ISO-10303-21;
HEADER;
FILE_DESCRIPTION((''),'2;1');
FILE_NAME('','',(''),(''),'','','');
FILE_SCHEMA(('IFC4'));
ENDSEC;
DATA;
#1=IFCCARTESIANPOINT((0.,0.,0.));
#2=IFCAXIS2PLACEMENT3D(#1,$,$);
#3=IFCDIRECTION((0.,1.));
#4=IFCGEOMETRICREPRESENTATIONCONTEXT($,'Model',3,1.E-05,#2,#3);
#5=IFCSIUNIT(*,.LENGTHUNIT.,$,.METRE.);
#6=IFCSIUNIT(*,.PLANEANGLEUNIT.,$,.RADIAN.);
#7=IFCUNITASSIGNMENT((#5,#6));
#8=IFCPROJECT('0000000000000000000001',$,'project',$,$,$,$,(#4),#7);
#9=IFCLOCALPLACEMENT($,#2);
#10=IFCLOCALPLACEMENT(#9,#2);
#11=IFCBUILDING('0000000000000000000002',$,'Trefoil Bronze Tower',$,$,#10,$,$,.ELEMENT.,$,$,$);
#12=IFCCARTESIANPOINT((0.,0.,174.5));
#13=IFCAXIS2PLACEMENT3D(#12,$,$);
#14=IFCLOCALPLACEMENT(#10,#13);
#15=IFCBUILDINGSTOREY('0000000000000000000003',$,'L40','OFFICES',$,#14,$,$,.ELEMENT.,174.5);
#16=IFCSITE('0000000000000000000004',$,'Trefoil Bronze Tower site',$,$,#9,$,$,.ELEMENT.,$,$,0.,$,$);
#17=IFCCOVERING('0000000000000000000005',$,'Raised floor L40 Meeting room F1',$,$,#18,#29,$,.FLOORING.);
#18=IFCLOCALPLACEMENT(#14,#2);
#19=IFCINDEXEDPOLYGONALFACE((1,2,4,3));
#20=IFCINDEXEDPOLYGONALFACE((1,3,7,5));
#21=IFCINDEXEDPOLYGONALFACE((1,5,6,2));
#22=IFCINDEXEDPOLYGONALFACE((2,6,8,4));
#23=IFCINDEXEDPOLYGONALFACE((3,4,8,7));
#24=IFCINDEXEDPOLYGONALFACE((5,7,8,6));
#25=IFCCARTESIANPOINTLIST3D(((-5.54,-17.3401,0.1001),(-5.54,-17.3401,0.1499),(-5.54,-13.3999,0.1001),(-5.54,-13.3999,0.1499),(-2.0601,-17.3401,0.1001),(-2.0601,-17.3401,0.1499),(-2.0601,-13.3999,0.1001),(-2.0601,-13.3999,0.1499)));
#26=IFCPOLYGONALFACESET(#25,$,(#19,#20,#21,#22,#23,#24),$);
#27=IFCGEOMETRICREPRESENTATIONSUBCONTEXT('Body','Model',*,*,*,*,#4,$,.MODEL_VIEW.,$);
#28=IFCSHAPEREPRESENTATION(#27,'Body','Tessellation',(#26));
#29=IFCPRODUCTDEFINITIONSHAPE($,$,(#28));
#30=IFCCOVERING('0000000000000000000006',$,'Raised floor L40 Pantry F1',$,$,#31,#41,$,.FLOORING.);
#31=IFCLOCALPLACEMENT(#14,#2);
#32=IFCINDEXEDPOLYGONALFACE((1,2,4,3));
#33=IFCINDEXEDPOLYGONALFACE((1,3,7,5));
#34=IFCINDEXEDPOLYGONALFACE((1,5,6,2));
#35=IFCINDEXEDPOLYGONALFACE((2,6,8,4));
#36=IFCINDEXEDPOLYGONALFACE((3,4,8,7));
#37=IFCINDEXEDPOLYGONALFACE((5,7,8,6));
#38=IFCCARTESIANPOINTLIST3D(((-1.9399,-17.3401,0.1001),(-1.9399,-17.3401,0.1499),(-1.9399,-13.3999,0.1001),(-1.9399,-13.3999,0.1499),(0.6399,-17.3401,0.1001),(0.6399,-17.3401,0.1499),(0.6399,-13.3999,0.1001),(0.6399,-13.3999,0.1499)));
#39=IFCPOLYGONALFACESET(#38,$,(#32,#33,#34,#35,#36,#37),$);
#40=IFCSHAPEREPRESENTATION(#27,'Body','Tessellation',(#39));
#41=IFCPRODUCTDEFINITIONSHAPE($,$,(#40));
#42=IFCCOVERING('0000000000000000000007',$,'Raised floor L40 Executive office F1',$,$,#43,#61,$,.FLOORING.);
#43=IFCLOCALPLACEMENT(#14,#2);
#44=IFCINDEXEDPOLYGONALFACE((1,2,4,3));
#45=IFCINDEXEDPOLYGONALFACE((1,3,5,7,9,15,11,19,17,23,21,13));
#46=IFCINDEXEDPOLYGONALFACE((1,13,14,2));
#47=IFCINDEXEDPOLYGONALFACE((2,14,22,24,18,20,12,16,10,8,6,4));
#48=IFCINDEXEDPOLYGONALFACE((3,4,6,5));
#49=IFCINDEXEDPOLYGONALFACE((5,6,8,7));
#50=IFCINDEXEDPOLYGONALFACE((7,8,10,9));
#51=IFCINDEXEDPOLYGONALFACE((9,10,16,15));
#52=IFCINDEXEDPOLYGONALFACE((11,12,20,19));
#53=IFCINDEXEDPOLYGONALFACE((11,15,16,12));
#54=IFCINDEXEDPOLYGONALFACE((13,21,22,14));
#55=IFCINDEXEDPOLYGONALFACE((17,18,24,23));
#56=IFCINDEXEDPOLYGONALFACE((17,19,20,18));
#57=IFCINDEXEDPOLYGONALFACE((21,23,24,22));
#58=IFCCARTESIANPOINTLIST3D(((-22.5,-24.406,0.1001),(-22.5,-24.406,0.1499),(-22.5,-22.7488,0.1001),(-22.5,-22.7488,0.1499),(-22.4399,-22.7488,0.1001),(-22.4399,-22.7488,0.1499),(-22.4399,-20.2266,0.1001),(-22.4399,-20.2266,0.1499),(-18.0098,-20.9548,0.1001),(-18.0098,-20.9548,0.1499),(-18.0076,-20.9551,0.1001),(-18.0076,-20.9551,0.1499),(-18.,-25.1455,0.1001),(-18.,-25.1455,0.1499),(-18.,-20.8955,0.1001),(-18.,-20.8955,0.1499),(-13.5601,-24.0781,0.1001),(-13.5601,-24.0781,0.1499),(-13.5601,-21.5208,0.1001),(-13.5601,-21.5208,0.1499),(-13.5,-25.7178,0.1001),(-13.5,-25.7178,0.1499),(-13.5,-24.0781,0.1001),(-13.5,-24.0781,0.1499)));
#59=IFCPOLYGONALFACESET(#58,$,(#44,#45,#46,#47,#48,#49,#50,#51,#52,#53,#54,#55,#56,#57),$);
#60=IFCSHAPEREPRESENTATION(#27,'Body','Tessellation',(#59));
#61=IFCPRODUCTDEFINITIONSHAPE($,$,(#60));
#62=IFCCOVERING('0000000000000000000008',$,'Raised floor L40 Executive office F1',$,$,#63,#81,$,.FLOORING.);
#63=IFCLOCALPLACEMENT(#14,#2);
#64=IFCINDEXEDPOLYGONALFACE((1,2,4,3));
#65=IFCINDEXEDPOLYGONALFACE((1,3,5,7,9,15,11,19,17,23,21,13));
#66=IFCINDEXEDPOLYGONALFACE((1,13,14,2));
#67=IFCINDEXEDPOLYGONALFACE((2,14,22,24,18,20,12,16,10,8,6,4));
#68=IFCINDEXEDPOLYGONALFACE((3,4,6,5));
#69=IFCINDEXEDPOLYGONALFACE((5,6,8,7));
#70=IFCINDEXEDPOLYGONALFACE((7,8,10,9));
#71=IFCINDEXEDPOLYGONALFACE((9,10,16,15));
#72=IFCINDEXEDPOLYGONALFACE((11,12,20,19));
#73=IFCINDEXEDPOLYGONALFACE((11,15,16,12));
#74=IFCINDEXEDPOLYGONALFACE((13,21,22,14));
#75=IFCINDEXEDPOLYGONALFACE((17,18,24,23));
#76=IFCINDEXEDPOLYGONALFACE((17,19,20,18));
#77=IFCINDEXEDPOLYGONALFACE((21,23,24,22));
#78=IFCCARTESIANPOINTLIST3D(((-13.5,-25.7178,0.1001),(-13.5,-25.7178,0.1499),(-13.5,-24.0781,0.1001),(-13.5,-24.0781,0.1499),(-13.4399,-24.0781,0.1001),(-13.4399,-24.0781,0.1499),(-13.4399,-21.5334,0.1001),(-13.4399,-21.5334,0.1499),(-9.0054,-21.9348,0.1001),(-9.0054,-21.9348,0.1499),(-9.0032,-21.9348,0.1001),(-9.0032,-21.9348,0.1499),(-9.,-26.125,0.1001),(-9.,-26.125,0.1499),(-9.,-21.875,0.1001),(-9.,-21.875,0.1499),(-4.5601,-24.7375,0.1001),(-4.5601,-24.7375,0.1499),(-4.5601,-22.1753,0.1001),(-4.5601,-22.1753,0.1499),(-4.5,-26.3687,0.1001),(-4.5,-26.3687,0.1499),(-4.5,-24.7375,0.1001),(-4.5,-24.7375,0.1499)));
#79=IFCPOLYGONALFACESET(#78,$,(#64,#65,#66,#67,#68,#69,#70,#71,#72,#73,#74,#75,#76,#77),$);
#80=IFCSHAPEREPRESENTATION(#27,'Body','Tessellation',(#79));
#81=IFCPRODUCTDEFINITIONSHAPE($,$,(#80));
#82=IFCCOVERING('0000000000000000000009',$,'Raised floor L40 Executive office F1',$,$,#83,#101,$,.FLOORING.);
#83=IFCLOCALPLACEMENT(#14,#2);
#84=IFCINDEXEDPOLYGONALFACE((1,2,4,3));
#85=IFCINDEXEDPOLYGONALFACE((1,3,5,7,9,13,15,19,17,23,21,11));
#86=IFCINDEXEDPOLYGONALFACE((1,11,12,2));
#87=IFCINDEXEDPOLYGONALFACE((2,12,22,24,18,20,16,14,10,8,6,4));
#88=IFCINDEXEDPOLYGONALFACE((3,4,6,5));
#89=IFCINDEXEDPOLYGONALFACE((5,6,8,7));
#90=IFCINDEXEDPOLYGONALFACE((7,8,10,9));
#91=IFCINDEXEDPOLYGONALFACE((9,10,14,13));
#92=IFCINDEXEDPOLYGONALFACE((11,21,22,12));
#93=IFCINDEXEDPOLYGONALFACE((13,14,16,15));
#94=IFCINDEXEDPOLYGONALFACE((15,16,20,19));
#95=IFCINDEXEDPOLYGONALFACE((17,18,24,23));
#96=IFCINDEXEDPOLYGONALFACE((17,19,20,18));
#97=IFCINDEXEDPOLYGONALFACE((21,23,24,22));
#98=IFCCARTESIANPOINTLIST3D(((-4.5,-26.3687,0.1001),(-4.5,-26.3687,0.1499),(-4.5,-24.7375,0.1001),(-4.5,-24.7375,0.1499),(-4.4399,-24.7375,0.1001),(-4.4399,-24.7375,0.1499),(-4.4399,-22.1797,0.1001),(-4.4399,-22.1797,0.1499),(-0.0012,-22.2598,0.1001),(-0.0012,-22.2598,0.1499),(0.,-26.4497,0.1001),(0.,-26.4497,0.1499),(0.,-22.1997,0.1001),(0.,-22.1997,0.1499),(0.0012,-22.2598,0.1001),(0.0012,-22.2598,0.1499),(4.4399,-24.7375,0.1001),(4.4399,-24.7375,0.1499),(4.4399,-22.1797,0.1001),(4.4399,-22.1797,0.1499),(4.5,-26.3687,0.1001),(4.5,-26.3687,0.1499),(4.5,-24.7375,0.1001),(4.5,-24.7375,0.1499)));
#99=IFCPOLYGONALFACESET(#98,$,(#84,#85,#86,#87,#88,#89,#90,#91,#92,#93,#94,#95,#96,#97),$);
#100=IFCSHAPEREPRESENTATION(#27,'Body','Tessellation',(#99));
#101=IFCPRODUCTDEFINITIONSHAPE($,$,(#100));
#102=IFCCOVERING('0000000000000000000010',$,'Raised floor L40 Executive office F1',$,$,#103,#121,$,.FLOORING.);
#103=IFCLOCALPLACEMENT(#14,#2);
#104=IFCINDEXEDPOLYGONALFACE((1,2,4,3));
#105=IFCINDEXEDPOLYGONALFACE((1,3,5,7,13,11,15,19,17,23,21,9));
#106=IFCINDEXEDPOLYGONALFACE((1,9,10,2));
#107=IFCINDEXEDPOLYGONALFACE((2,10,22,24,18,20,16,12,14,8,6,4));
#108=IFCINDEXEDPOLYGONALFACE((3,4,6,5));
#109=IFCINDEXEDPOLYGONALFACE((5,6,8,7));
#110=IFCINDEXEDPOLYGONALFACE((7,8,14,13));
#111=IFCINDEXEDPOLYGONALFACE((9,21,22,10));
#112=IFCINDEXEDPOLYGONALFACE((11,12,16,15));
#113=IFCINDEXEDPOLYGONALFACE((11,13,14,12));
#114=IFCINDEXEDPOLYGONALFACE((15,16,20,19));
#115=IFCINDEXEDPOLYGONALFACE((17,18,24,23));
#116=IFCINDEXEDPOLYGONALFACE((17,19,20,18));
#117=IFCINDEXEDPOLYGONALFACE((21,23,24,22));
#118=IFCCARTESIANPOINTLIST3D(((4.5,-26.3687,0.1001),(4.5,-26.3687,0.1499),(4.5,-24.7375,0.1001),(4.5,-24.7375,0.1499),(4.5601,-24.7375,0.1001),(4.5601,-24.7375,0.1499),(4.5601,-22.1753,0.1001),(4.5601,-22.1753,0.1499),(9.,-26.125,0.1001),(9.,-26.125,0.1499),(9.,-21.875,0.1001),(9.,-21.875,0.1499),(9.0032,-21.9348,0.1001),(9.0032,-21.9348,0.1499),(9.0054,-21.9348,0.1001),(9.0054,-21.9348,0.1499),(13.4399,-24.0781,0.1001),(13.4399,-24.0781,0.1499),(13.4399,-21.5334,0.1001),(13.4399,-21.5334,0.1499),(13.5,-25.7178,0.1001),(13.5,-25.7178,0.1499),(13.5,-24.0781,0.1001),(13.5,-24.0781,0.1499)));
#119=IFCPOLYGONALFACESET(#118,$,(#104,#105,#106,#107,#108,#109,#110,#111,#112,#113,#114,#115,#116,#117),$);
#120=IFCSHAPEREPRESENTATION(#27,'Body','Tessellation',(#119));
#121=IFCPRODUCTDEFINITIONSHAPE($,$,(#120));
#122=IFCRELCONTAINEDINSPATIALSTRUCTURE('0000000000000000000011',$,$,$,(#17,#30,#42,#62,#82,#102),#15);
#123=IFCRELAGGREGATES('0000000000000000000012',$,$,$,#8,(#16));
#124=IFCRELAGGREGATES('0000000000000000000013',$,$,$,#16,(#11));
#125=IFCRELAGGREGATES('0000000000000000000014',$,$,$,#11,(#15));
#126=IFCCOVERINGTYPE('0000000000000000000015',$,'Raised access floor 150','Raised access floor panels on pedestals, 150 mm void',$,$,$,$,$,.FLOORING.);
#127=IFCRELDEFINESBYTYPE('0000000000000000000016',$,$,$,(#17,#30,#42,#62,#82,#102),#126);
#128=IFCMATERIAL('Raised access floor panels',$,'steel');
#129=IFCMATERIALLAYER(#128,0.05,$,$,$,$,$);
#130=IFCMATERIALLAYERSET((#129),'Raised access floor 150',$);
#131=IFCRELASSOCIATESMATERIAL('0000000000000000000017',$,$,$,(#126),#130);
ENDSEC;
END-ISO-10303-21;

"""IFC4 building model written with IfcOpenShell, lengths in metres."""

from ifc_helpers import new_model, si_unit, direction, frame, origin, place, context, subcontext, project, spatial, polyline, outline, extrude, material, layer, layer_set, type_object, element, save


model = new_model("IFC4")

# Units and contexts
model_context = context("Model", 3, precision=1e-05, world=origin(), true_north=direction((0.0, 1.0)))
body_context = subcontext(model_context, "Body", "Model", "MODEL_VIEW")
ifc_project = project(units=[si_unit("LENGTHUNIT", "METRE"), si_unit("PLANEANGLEUNIT", "RADIAN")], contexts=[model_context])

# Site, building, storey
site_placement = place(None, origin())
site = spatial("IfcSite", under=ifc_project, at=site_placement, Name="Trefoil Bronze Tower site", CompositionType="ELEMENT", RefElevation=0.0)
building_placement = place(site_placement, origin())
building = spatial("IfcBuilding", under=site, at=building_placement, Name="Trefoil Bronze Tower", CompositionType="ELEMENT")
storey_placement = place(building_placement, frame((0.0, 0.0, 174.5)))
storey = spatial("IfcBuildingStorey", under=building, at=storey_placement, Name="L40", Description="OFFICES", CompositionType="ELEMENT", Elevation=174.5)

# Coverings
ifc_material_1 = material(Name="Raised access floor panels", Category="steel")
ifc_layer_1 = layer(ifc_material_1, 0.05)
ifc_layer_set_1 = layer_set([ifc_layer_1], Name="Raised access floor 150")
covering_type_1 = type_object("IfcCoveringType", Name="Raised access floor 150", Description="Raised access floor panels on pedestals, 150 mm void", PredefinedType="FLOORING", material=ifc_layer_set_1)
covering_1_placement = place(storey_placement, frame((0.0, 0.0, 0.1001)))
element("IfcCovering", 1, at=covering_1_placement, inside=storey, type_object=covering_type_1, Name="Raised floor L40 Meeting room F1", PredefinedType="FLOORING", context=body_context, shape_type="SweptSolid", body=[
    extrude(outline(polyline([(-2.0601, -13.3999), (-2.0601, -17.3401), (-5.54, -17.3401), (-5.54, -13.3999), (-2.0601, -13.3999)])), origin(), (0.0, 0.0, 1.0), 0.0498),
])
covering_2_placement = place(storey_placement, frame((0.0, 0.0, 0.1001)))
element("IfcCovering", 2, at=covering_2_placement, inside=storey, type_object=covering_type_1, Name="Raised floor L40 Pantry F1", PredefinedType="FLOORING", context=body_context, shape_type="SweptSolid", body=[
    extrude(outline(polyline([(0.6399, -13.3999), (0.6399, -17.3401), (-1.9399, -17.3401), (-1.9399, -13.3999), (0.6399, -13.3999)])), origin(), (0.0, 0.0, 1.0), 0.0498),
])
covering_3_placement = place(storey_placement, frame((0.0, 0.0, 0.1001)))
element("IfcCovering", 3, at=covering_3_placement, inside=storey, type_object=covering_type_1, Name="Raised floor L40 Executive office F1", PredefinedType="FLOORING", context=body_context, shape_type="SweptSolid", body=[
    extrude(outline(polyline([(-18.0, -25.1455), (-22.5, -24.406), (-22.5, -22.7488), (-22.4399, -22.7488), (-22.4399, -20.2266), (-18.0098, -20.9548), (-18.0, -20.8955), (-18.0076, -20.9551), (-13.5601, -21.5208), (-13.5601, -24.0781), (-13.5, -24.0781), (-13.5, -25.7178), (-18.0, -25.1455)])), origin(), (0.0, 0.0, 1.0), 0.0498),
])
covering_4_placement = place(storey_placement, frame((0.0, 0.0, 0.1001)))
element("IfcCovering", 4, at=covering_4_placement, inside=storey, type_object=covering_type_1, Name="Raised floor L40 Executive office F1", PredefinedType="FLOORING", context=body_context, shape_type="SweptSolid", body=[
    extrude(outline(polyline([(-9.0, -26.125), (-13.5, -25.7178), (-13.5, -24.0781), (-13.4399, -24.0781), (-13.4399, -21.5334), (-9.0054, -21.9348), (-9.0, -21.875), (-9.0032, -21.9348), (-4.5601, -22.1753), (-4.5601, -24.7375), (-4.5, -24.7375), (-4.5, -26.3687), (-9.0, -26.125)])), origin(), (0.0, 0.0, 1.0), 0.0498),
])
covering_5_placement = place(storey_placement, frame((0.0, 0.0, 0.1001)))
element("IfcCovering", 5, at=covering_5_placement, inside=storey, type_object=covering_type_1, Name="Raised floor L40 Executive office F1", PredefinedType="FLOORING", context=body_context, shape_type="SweptSolid", body=[
    extrude(outline(polyline([(0.0, -26.4497), (-4.5, -26.3687), (-4.5, -24.7375), (-4.4399, -24.7375), (-4.4399, -22.1797), (-0.0012, -22.2598), (0.0, -22.1997), (0.0012, -22.2598), (4.4399, -22.1797), (4.4399, -24.7375), (4.5, -24.7375), (4.5, -26.3687), (0.0, -26.4497)])), origin(), (0.0, 0.0, 1.0), 0.0498),
])
covering_6_placement = place(storey_placement, frame((0.0, 0.0, 0.1001)))
element("IfcCovering", 6, at=covering_6_placement, inside=storey, type_object=covering_type_1, Name="Raised floor L40 Executive office F1", PredefinedType="FLOORING", context=body_context, shape_type="SweptSolid", body=[
    extrude(outline(polyline([(9.0, -26.125), (4.5, -26.3687), (4.5, -24.7375), (4.5601, -24.7375), (4.5601, -22.1753), (9.0032, -21.9348), (9.0, -21.875), (9.0054, -21.9348), (13.4399, -21.5334), (13.4399, -24.0781), (13.5, -24.0781), (13.5, -25.7178), (9.0, -26.125)])), origin(), (0.0, 0.0, 1.0), 0.0498),
])

save(model, "model.ifc")
